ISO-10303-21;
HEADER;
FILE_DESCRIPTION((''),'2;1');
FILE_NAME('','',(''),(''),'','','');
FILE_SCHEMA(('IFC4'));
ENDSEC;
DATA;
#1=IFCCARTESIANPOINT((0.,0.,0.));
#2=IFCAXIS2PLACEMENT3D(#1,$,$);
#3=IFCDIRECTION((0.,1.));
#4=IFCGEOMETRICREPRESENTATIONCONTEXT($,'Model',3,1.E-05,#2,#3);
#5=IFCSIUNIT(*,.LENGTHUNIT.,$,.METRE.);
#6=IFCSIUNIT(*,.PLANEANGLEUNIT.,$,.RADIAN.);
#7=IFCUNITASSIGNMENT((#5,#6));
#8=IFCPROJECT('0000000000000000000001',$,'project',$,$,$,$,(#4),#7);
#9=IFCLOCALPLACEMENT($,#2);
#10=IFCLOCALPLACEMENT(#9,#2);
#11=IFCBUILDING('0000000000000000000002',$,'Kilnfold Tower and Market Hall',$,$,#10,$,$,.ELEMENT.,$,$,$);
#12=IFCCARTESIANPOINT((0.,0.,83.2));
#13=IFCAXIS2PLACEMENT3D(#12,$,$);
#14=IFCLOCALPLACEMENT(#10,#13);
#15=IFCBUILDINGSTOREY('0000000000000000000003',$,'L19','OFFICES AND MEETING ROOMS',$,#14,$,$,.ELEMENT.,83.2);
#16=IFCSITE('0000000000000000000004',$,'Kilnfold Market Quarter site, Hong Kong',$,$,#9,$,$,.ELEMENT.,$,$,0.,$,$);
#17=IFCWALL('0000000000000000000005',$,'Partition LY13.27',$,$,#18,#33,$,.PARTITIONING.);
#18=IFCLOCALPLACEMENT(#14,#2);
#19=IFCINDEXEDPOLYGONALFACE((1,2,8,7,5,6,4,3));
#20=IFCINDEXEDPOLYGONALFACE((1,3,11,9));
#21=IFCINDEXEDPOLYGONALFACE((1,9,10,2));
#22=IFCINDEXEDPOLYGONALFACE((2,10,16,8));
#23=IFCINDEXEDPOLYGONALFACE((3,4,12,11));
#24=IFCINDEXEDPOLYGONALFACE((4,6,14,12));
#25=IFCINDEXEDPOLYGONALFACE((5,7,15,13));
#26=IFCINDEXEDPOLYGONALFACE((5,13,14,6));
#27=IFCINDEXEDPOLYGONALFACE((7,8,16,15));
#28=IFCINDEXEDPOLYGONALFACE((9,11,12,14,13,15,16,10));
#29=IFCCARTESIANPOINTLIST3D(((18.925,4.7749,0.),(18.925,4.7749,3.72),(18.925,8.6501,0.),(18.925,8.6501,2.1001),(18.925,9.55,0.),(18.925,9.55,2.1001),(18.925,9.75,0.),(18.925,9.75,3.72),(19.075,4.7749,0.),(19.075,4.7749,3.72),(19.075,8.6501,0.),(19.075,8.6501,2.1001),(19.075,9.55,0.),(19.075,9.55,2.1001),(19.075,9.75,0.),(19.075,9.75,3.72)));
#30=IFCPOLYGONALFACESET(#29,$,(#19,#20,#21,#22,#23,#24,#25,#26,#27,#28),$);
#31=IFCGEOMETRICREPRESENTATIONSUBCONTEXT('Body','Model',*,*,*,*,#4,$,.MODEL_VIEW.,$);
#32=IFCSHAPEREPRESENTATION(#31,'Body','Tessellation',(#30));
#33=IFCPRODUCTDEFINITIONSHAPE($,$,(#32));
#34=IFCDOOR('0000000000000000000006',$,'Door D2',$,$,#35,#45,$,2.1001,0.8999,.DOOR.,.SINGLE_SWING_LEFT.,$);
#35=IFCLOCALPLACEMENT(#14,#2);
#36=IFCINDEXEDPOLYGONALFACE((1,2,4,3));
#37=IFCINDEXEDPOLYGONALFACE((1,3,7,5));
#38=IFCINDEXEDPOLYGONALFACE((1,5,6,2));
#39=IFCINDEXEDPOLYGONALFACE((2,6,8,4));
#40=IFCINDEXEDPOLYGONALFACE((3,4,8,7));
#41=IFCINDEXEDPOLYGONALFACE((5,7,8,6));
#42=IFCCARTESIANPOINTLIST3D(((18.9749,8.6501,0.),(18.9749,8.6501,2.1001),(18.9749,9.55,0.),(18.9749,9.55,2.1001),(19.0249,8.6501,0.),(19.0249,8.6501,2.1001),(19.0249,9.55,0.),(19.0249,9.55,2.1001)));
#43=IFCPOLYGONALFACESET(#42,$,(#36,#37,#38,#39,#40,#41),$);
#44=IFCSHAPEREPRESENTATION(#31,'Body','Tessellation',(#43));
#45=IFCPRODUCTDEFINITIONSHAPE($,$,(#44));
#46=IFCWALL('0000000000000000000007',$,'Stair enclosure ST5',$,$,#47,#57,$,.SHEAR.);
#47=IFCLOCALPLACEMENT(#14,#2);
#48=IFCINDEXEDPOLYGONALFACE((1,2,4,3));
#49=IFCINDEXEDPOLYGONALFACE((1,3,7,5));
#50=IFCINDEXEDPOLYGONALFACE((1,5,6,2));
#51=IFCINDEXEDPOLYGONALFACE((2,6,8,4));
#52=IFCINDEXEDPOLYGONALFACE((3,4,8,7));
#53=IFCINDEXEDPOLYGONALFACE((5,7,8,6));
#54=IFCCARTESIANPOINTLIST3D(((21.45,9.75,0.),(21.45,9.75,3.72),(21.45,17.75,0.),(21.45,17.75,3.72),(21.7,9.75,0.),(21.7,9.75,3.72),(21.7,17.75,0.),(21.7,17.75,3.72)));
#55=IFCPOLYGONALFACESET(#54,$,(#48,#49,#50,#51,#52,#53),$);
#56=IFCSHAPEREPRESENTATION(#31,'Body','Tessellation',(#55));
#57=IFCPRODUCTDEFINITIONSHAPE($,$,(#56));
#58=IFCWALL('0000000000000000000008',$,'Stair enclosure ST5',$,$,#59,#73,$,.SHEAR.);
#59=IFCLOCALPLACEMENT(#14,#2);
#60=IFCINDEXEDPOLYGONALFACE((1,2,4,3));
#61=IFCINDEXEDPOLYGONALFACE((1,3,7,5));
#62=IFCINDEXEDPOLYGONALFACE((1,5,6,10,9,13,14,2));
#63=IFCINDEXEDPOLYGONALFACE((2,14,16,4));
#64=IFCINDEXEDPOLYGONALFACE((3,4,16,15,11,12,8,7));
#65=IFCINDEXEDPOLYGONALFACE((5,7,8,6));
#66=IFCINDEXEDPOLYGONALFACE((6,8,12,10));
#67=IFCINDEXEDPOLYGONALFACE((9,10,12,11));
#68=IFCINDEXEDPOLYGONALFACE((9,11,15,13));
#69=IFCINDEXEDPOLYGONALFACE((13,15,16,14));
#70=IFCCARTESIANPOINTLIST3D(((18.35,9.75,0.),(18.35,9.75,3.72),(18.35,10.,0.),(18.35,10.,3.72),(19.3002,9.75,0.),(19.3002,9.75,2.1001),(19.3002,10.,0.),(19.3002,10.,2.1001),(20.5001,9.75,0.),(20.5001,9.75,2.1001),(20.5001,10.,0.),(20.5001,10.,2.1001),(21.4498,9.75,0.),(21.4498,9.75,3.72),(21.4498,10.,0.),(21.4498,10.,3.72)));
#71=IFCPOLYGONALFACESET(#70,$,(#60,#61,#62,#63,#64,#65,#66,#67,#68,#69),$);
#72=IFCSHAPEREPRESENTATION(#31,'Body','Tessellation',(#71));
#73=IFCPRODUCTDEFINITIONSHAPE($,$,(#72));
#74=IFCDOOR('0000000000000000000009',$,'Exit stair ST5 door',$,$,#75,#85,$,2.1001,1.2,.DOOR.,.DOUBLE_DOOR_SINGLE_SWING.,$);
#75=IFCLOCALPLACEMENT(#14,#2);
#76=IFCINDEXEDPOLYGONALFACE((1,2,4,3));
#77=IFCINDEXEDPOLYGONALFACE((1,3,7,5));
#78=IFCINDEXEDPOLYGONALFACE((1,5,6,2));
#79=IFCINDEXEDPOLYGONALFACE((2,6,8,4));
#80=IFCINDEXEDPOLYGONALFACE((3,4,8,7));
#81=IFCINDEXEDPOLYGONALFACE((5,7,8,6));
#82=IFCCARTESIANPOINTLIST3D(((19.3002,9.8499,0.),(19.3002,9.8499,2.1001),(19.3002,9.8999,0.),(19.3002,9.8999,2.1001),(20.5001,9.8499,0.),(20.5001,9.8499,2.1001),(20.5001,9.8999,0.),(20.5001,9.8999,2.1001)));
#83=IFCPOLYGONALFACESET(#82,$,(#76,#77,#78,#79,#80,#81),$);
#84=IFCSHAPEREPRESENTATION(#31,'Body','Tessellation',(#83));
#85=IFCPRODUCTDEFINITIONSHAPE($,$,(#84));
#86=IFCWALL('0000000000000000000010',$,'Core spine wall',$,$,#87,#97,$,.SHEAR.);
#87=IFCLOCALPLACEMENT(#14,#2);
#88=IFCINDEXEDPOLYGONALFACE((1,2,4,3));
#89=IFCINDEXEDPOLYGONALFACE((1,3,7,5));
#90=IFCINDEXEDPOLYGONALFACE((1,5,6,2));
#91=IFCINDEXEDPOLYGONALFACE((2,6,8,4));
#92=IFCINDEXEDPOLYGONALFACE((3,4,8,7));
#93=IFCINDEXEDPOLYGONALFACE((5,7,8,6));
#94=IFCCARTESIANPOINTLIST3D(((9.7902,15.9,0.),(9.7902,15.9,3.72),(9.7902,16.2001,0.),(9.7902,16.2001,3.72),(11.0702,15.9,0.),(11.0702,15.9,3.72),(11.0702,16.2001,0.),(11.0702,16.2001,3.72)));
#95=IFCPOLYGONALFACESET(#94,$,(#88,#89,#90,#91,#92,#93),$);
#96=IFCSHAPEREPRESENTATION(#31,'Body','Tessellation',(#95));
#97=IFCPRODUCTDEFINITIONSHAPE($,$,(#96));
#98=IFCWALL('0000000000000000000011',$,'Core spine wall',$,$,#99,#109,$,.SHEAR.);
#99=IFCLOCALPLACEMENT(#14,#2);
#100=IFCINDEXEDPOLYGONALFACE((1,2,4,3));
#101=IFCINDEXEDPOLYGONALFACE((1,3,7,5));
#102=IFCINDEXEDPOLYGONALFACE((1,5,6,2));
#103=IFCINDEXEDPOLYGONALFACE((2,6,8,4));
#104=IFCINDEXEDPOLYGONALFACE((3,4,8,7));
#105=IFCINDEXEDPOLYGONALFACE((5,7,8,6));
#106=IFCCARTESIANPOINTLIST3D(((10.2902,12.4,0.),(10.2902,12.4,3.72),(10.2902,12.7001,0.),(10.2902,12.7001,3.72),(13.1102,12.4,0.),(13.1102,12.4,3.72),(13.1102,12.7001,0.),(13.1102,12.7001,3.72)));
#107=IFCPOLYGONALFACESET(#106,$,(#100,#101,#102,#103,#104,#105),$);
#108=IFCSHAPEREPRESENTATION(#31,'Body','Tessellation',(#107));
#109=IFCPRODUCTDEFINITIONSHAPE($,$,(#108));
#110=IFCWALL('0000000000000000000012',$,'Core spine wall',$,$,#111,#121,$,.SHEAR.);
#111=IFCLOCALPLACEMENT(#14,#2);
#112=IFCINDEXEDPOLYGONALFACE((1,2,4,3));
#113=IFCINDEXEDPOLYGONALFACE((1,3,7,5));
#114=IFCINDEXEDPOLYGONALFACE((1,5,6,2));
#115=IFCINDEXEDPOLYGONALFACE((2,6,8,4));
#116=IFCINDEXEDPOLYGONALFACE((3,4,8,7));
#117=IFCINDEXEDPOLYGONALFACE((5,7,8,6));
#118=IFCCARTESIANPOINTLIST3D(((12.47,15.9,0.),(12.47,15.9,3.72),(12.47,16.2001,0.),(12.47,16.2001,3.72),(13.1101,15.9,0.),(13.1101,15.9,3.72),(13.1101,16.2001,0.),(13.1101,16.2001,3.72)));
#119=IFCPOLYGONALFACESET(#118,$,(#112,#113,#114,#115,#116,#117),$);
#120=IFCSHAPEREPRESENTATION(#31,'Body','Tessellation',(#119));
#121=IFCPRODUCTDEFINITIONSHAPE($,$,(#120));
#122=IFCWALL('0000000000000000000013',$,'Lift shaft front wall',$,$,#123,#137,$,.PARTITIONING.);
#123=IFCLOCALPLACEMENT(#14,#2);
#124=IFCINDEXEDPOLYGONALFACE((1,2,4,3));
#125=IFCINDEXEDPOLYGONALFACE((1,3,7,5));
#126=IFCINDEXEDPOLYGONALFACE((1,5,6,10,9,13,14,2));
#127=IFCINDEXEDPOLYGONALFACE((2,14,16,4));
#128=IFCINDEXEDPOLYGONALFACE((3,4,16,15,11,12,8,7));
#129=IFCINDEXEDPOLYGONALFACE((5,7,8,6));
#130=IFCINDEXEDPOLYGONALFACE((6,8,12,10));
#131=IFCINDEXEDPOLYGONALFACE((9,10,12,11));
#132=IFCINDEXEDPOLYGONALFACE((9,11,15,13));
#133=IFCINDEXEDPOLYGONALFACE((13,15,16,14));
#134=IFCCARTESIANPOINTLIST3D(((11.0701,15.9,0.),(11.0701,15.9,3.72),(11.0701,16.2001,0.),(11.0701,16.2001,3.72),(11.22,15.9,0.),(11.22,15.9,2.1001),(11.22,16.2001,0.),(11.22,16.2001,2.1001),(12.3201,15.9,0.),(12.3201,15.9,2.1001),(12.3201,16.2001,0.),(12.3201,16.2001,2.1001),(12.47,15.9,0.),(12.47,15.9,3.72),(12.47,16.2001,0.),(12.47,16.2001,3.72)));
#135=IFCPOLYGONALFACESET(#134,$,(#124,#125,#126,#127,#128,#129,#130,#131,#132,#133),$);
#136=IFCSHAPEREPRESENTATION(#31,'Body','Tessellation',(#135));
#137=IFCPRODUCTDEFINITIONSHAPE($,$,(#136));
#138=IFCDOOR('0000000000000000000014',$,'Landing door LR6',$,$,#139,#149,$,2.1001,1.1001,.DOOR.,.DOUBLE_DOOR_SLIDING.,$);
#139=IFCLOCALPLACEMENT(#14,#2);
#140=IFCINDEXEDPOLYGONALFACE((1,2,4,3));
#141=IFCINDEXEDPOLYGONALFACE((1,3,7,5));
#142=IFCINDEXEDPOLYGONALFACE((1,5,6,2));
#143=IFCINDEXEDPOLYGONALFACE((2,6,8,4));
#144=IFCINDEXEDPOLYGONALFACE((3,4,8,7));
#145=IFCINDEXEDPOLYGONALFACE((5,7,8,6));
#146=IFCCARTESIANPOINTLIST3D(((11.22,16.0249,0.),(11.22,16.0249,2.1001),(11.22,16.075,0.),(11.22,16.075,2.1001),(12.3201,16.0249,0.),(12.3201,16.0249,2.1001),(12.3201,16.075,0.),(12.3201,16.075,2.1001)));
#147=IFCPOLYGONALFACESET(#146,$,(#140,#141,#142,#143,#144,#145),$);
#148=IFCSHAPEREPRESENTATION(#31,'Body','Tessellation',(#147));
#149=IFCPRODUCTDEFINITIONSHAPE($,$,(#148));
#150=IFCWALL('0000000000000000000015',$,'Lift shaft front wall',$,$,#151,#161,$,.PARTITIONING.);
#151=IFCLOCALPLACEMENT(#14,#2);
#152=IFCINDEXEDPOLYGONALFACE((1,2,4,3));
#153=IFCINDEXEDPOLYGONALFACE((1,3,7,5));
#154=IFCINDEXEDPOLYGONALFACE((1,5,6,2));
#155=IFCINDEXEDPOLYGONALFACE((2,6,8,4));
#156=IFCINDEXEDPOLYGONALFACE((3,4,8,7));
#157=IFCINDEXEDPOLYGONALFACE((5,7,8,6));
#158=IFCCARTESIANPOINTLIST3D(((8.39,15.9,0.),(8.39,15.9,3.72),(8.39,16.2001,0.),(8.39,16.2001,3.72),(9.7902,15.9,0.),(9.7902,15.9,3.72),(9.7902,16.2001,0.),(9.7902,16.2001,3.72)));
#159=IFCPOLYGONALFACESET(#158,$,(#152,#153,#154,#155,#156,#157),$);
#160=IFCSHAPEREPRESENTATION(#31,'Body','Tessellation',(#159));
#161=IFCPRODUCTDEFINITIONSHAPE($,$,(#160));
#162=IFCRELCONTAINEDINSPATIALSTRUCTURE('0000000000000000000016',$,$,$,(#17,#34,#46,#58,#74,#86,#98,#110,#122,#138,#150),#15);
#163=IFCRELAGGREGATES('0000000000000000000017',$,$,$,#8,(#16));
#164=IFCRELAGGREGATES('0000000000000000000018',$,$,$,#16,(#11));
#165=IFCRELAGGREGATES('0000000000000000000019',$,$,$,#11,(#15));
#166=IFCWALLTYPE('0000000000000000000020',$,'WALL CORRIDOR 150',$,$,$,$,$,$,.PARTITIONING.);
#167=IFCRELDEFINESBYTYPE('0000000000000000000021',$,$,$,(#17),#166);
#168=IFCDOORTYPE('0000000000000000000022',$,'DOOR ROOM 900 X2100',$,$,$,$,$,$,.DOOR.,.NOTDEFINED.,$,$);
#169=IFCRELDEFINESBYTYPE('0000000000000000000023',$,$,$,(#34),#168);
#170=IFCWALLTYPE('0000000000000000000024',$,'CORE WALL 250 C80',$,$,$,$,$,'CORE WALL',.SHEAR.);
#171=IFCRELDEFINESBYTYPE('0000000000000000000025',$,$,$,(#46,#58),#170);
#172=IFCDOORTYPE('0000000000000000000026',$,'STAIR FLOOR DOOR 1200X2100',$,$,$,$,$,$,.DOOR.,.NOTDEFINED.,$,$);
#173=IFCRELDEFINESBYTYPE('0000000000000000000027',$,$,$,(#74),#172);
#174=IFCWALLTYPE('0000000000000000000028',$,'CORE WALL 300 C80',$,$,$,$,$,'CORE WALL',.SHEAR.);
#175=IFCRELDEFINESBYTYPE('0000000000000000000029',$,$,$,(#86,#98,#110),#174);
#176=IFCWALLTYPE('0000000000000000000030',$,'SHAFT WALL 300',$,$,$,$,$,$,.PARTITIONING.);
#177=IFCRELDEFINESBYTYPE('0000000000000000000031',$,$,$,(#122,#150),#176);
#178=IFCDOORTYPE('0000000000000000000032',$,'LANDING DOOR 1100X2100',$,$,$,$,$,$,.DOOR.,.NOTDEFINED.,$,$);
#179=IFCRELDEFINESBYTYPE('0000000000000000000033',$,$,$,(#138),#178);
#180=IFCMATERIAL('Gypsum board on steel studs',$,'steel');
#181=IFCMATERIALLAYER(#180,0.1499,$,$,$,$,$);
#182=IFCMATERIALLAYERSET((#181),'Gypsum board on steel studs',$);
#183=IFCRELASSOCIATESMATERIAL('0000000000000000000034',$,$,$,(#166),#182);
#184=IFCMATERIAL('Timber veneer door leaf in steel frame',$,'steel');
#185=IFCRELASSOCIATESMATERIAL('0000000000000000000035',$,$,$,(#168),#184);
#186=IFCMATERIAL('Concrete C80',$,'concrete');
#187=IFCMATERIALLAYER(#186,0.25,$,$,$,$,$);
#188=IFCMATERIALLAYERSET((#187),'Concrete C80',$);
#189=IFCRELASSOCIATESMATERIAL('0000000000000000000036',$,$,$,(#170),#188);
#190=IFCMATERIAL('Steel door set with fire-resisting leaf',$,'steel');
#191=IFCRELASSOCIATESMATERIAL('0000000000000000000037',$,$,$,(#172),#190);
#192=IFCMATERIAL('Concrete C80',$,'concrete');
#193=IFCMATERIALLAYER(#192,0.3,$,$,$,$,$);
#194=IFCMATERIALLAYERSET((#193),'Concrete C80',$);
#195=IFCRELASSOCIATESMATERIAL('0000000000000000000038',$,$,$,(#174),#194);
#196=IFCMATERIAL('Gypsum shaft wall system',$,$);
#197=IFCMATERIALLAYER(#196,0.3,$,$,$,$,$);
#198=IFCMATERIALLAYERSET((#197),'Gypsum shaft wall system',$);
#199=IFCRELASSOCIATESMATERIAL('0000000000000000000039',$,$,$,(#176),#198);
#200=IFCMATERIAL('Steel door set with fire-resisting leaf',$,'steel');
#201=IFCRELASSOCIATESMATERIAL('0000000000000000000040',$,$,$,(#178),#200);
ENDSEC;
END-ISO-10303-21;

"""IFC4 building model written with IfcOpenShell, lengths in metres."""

from ifc_helpers import new_model, si_unit, direction, frame, frame_2d, origin, place, context, subcontext, project, spatial, rectangle, extrude, source, transform, mapped, material, layer, layer_set, type_object, element, fill, save


model = new_model("IFC4")

# Units and contexts
model_context = context("Model", 3, precision=1e-05, world=origin(), true_north=direction((0.0, 1.0)))
body_context = subcontext(model_context, "Body", "Model", "MODEL_VIEW")
ifc_project = project(units=[si_unit("LENGTHUNIT", "METRE"), si_unit("PLANEANGLEUNIT", "RADIAN")], contexts=[model_context])

# Site, building, storey
site_placement = place(None, origin())
site = spatial("IfcSite", under=ifc_project, at=site_placement, Name="Kilnfold Market Quarter site, Hong Kong", CompositionType="ELEMENT", RefElevation=0.0)
building_placement = place(site_placement, origin())
building = spatial("IfcBuilding", under=site, at=building_placement, Name="Kilnfold Tower and Market Hall", CompositionType="ELEMENT")
storey_placement = place(building_placement, frame((0.0, 0.0, 83.2)))
storey = spatial("IfcBuildingStorey", under=building, at=storey_placement, Name="L19", Description="OFFICES AND MEETING ROOMS", CompositionType="ELEMENT", Elevation=83.2)

# Wall, opening, door
ifc_material_1 = material(Name="Gypsum board on steel studs", Category="steel")
ifc_layer_1 = layer(ifc_material_1, 0.1499)
ifc_layer_set_1 = layer_set([ifc_layer_1], Name="Gypsum board on steel studs")
wall_type_1 = type_object("IfcWallType", Name="WALL CORRIDOR 150", PredefinedType="PARTITIONING", material=ifc_layer_set_1)
wall_1_placement = place(storey_placement, frame((19.0, 9.75, 0.0), z_axis=(0.0, 0.0, 1.0), x_axis=(0.0, -1.0, 0.0)))
wall_1 = element("IfcWall", 1, at=wall_1_placement, inside=storey, type_object=wall_type_1, Name="Partition LY13.27", PredefinedType="PARTITIONING", context=body_context, shape_type="SweptSolid", body=[
    extrude(rectangle(XDim=4.9751, YDim=0.1499, at=frame_2d((2.4875, 0.0))), origin(), (0.0, 0.0, 1.0), 3.72),
])
opening_1_placement = place(wall_1_placement, frame((0.2, 0.0, 0.0)))
opening_1 = element("IfcOpeningElement", 2, at=opening_1_placement, cuts=wall_1, PredefinedType="OPENING", context=body_context, shape_type="SweptSolid", body=[
    extrude(rectangle(XDim=0.8999, YDim=2.1001, at=frame_2d((0.45, 1.05))), frame((0.0, 0.085, 0.0), z_axis=(0.0, -1.0, 0.0), x_axis=(1.0, 0.0, 0.0)), (0.0, 0.0, 1.0), 0.1699),
])
ifc_material_2 = material(Name="Timber veneer door leaf in steel frame", Category="steel")
door_type_1 = type_object("IfcDoorType", Name="DOOR ROOM 900 X2100", OperationType="NOTDEFINED", PredefinedType="DOOR", material=ifc_material_2)
door_1_placement = place(opening_1_placement, origin())
door_1 = element("IfcDoor", 3, at=door_1_placement, inside=storey, type_object=door_type_1, Name="Door D2", OperationType="SINGLE_SWING_LEFT", OverallHeight=2.1001, OverallWidth=0.8999, PredefinedType="DOOR", context=body_context, shape_type="SweptSolid", body=[
    extrude(rectangle(XDim=0.8999, YDim=2.1001, at=frame_2d((0.45, 1.05))), frame((0.0, 0.0249, 0.0), z_axis=(0.0, -1.0, 0.0), x_axis=(1.0, 0.0, 0.0)), (0.0, 0.0, 1.0), 0.05),
])
fill(opening_1, door_1)

# Wall
ifc_material_3 = material(Name="Concrete C80", Category="concrete")
ifc_layer_2 = layer(ifc_material_3, 0.25)
ifc_layer_set_2 = layer_set([ifc_layer_2], Name="Concrete C80")
wall_type_2 = type_object("IfcWallType", Name="CORE WALL 250 C80", ElementType="CORE WALL", PredefinedType="SHEAR", material=ifc_layer_set_2)
shared_shape_1 = source(origin(), body_context, "Body", "SweptSolid", [
    extrude(rectangle(XDim=8.0, YDim=0.25, at=frame_2d((4.0, 0.0))), origin(), (0.0, 0.0, 1.0), 3.72),
])
wall_2_placement = place(storey_placement, frame((21.575, 9.75, 0.0), z_axis=(0.0, 0.0, 1.0), x_axis=(0.0, 1.0, 0.0)))
element("IfcWall", 4, at=wall_2_placement, inside=storey, type_object=wall_type_2, Name="Stair enclosure ST5", PredefinedType="SHEAR", context=body_context, shape_type="MappedRepresentation", body=[
    mapped(shared_shape_1, transform((0.0, 0.0, 0.0))),
])

# Wall, opening, door
shared_shape_2 = source(origin(), body_context, "Body", "SweptSolid", [
    extrude(rectangle(XDim=3.0999, YDim=0.25, at=frame_2d((1.5498, 0.0))), origin(), (0.0, 0.0, 1.0), 3.72),
])
wall_3_placement = place(storey_placement, frame((18.3501, 9.875, 0.0), z_axis=(0.0, 0.0, 1.0), x_axis=(1.0, 0.0, 0.0)))
wall_3 = element("IfcWall", 5, at=wall_3_placement, inside=storey, type_object=wall_type_2, Name="Stair enclosure ST5", PredefinedType="SHEAR", context=body_context, shape_type="MappedRepresentation", body=[
    mapped(shared_shape_2, transform((0.0, 0.0, 0.0))),
])
opening_2_placement = place(wall_3_placement, frame((0.95, 0.0, 0.0)))
opening_2 = element("IfcOpeningElement", 6, at=opening_2_placement, cuts=wall_3, PredefinedType="OPENING", context=body_context, shape_type="SweptSolid", body=[
    extrude(rectangle(XDim=1.2, YDim=2.1001, at=frame_2d((0.6001, 1.05))), frame((0.0, 0.135, 0.0), z_axis=(0.0, -1.0, 0.0), x_axis=(1.0, 0.0, 0.0)), (0.0, 0.0, 1.0), 0.27),
])
ifc_material_4 = material(Name="Steel door set with fire-resisting leaf", Category="steel")
door_type_2 = type_object("IfcDoorType", Name="STAIR FLOOR DOOR 1200X2100", OperationType="NOTDEFINED", PredefinedType="DOOR", material=ifc_material_4)
door_2_placement = place(opening_2_placement, origin())
door_2 = element("IfcDoor", 7, at=door_2_placement, inside=storey, type_object=door_type_2, Name="Exit stair ST5 door", OperationType="DOUBLE_DOOR_SINGLE_SWING", OverallHeight=2.1001, OverallWidth=1.2, PredefinedType="DOOR", context=body_context, shape_type="SweptSolid", body=[
    extrude(rectangle(XDim=1.2, YDim=2.1001, at=frame_2d((0.6001, 1.05))), frame((0.0, 0.0249, 0.0), z_axis=(0.0, -1.0, 0.0), x_axis=(1.0, 0.0, 0.0)), (0.0, 0.0, 1.0), 0.05),
])
fill(opening_2, door_2)

# Walls
ifc_material_5 = material(Name="Concrete C80", Category="concrete")
ifc_layer_3 = layer(ifc_material_5, 0.3)
ifc_layer_set_3 = layer_set([ifc_layer_3], Name="Concrete C80")
wall_type_3 = type_object("IfcWallType", Name="CORE WALL 300 C80", ElementType="CORE WALL", PredefinedType="SHEAR", material=ifc_layer_set_3)
shared_shape_3 = source(origin(), body_context, "Body", "SweptSolid", [
    extrude(rectangle(XDim=1.28, YDim=0.3, at=frame_2d((0.6401, 0.0))), origin(), (0.0, 0.0, 1.0), 3.72),
])
wall_4_placement = place(storey_placement, frame((9.79, 16.05, 0.0), z_axis=(0.0, 0.0, 1.0), x_axis=(1.0, 0.0, 0.0)))
element("IfcWall", 8, at=wall_4_placement, inside=storey, type_object=wall_type_3, Name="Core spine wall", PredefinedType="SHEAR", context=body_context, shape_type="MappedRepresentation", body=[
    mapped(shared_shape_3, transform((0.0, 0.0, 0.0))),
])
shared_shape_4 = source(origin(), body_context, "Body", "SweptSolid", [
    extrude(rectangle(XDim=2.8201, YDim=0.3, at=frame_2d((1.4102, 0.0))), origin(), (0.0, 0.0, 1.0), 3.72),
])
wall_5_placement = place(storey_placement, frame((10.29, 12.55, 0.0), z_axis=(0.0, 0.0, 1.0), x_axis=(1.0, 0.0, 0.0)))
element("IfcWall", 9, at=wall_5_placement, inside=storey, type_object=wall_type_3, Name="Core spine wall", PredefinedType="SHEAR", context=body_context, shape_type="MappedRepresentation", body=[
    mapped(shared_shape_4, transform((0.0, 0.0, 0.0))),
])
shared_shape_5 = source(origin(), body_context, "Body", "SweptSolid", [
    extrude(rectangle(XDim=0.6401, YDim=0.3, at=frame_2d((0.3201, 0.0))), origin(), (0.0, 0.0, 1.0), 3.72),
])
wall_6_placement = place(storey_placement, frame((12.47, 16.05, 0.0), z_axis=(0.0, 0.0, 1.0), x_axis=(1.0, 0.0, 0.0)))
element("IfcWall", 10, at=wall_6_placement, inside=storey, type_object=wall_type_3, Name="Core spine wall", PredefinedType="SHEAR", context=body_context, shape_type="MappedRepresentation", body=[
    mapped(shared_shape_5, transform((0.0, 0.0, 0.0))),
])

# Wall, opening, door
ifc_material_6 = material(Name="Gypsum shaft wall system")
ifc_layer_4 = layer(ifc_material_6, 0.3)
ifc_layer_set_4 = layer_set([ifc_layer_4], Name="Gypsum shaft wall system")
wall_type_4 = type_object("IfcWallType", Name="SHAFT WALL 300", PredefinedType="PARTITIONING", material=ifc_layer_set_4)
shared_shape_6 = source(origin(), body_context, "Body", "SweptSolid", [
    extrude(rectangle(XDim=1.3999, YDim=0.3, at=frame_2d((0.7, 0.0))), origin(), (0.0, 0.0, 1.0), 3.72),
])
wall_7_placement = place(storey_placement, frame((11.0701, 16.05, 0.0), z_axis=(0.0, 0.0, 1.0), x_axis=(1.0, 0.0, 0.0)))
wall_7 = element("IfcWall", 11, at=wall_7_placement, inside=storey, type_object=wall_type_4, Name="Lift shaft front wall", PredefinedType="PARTITIONING", context=body_context, shape_type="MappedRepresentation", body=[
    mapped(shared_shape_6, transform((0.0, 0.0, 0.0))),
])
opening_3_placement = place(wall_7_placement, frame((0.1499, 0.0, 0.0)))
opening_3 = element("IfcOpeningElement", 12, at=opening_3_placement, cuts=wall_7, PredefinedType="OPENING", context=body_context, shape_type="SweptSolid", body=[
    extrude(rectangle(XDim=1.1001, YDim=2.1001, at=frame_2d((0.55, 1.05))), frame((0.0, 0.1602, 0.0), z_axis=(0.0, -1.0, 0.0), x_axis=(1.0, 0.0, 0.0)), (0.0, 0.0, 1.0), 0.3201),
])
ifc_material_7 = material(Name="Steel door set with fire-resisting leaf", Category="steel")
door_type_3 = type_object("IfcDoorType", Name="LANDING DOOR 1100X2100", OperationType="NOTDEFINED", PredefinedType="DOOR", material=ifc_material_7)
door_3_placement = place(opening_3_placement, origin())
door_3 = element("IfcDoor", 13, at=door_3_placement, inside=storey, type_object=door_type_3, Name="Landing door LR6", OperationType="DOUBLE_DOOR_SLIDING", OverallHeight=2.1001, OverallWidth=1.1001, PredefinedType="DOOR", context=body_context, shape_type="SweptSolid", body=[
    extrude(rectangle(XDim=1.1001, YDim=2.1001, at=frame_2d((0.55, 1.05))), frame((0.0, 0.0249, 0.0), z_axis=(0.0, -1.0, 0.0), x_axis=(1.0, 0.0, 0.0)), (0.0, 0.0, 1.0), 0.05),
])
fill(opening_3, door_3)

# Wall
shared_shape_7 = source(origin(), body_context, "Body", "SweptSolid", [
    extrude(rectangle(XDim=1.4001, YDim=0.3, at=frame_2d((0.7002, 0.0))), origin(), (0.0, 0.0, 1.0), 3.72),
])
wall_8_placement = place(storey_placement, frame((8.3899, 16.05, 0.0), z_axis=(0.0, 0.0, 1.0), x_axis=(1.0, 0.0, 0.0)))
element("IfcWall", 14, at=wall_8_placement, inside=storey, type_object=wall_type_4, Name="Lift shaft front wall", PredefinedType="PARTITIONING", context=body_context, shape_type="MappedRepresentation", body=[
    mapped(shared_shape_7, transform((0.0, 0.0, 0.0))),
])

save(model, "model.ifc")
